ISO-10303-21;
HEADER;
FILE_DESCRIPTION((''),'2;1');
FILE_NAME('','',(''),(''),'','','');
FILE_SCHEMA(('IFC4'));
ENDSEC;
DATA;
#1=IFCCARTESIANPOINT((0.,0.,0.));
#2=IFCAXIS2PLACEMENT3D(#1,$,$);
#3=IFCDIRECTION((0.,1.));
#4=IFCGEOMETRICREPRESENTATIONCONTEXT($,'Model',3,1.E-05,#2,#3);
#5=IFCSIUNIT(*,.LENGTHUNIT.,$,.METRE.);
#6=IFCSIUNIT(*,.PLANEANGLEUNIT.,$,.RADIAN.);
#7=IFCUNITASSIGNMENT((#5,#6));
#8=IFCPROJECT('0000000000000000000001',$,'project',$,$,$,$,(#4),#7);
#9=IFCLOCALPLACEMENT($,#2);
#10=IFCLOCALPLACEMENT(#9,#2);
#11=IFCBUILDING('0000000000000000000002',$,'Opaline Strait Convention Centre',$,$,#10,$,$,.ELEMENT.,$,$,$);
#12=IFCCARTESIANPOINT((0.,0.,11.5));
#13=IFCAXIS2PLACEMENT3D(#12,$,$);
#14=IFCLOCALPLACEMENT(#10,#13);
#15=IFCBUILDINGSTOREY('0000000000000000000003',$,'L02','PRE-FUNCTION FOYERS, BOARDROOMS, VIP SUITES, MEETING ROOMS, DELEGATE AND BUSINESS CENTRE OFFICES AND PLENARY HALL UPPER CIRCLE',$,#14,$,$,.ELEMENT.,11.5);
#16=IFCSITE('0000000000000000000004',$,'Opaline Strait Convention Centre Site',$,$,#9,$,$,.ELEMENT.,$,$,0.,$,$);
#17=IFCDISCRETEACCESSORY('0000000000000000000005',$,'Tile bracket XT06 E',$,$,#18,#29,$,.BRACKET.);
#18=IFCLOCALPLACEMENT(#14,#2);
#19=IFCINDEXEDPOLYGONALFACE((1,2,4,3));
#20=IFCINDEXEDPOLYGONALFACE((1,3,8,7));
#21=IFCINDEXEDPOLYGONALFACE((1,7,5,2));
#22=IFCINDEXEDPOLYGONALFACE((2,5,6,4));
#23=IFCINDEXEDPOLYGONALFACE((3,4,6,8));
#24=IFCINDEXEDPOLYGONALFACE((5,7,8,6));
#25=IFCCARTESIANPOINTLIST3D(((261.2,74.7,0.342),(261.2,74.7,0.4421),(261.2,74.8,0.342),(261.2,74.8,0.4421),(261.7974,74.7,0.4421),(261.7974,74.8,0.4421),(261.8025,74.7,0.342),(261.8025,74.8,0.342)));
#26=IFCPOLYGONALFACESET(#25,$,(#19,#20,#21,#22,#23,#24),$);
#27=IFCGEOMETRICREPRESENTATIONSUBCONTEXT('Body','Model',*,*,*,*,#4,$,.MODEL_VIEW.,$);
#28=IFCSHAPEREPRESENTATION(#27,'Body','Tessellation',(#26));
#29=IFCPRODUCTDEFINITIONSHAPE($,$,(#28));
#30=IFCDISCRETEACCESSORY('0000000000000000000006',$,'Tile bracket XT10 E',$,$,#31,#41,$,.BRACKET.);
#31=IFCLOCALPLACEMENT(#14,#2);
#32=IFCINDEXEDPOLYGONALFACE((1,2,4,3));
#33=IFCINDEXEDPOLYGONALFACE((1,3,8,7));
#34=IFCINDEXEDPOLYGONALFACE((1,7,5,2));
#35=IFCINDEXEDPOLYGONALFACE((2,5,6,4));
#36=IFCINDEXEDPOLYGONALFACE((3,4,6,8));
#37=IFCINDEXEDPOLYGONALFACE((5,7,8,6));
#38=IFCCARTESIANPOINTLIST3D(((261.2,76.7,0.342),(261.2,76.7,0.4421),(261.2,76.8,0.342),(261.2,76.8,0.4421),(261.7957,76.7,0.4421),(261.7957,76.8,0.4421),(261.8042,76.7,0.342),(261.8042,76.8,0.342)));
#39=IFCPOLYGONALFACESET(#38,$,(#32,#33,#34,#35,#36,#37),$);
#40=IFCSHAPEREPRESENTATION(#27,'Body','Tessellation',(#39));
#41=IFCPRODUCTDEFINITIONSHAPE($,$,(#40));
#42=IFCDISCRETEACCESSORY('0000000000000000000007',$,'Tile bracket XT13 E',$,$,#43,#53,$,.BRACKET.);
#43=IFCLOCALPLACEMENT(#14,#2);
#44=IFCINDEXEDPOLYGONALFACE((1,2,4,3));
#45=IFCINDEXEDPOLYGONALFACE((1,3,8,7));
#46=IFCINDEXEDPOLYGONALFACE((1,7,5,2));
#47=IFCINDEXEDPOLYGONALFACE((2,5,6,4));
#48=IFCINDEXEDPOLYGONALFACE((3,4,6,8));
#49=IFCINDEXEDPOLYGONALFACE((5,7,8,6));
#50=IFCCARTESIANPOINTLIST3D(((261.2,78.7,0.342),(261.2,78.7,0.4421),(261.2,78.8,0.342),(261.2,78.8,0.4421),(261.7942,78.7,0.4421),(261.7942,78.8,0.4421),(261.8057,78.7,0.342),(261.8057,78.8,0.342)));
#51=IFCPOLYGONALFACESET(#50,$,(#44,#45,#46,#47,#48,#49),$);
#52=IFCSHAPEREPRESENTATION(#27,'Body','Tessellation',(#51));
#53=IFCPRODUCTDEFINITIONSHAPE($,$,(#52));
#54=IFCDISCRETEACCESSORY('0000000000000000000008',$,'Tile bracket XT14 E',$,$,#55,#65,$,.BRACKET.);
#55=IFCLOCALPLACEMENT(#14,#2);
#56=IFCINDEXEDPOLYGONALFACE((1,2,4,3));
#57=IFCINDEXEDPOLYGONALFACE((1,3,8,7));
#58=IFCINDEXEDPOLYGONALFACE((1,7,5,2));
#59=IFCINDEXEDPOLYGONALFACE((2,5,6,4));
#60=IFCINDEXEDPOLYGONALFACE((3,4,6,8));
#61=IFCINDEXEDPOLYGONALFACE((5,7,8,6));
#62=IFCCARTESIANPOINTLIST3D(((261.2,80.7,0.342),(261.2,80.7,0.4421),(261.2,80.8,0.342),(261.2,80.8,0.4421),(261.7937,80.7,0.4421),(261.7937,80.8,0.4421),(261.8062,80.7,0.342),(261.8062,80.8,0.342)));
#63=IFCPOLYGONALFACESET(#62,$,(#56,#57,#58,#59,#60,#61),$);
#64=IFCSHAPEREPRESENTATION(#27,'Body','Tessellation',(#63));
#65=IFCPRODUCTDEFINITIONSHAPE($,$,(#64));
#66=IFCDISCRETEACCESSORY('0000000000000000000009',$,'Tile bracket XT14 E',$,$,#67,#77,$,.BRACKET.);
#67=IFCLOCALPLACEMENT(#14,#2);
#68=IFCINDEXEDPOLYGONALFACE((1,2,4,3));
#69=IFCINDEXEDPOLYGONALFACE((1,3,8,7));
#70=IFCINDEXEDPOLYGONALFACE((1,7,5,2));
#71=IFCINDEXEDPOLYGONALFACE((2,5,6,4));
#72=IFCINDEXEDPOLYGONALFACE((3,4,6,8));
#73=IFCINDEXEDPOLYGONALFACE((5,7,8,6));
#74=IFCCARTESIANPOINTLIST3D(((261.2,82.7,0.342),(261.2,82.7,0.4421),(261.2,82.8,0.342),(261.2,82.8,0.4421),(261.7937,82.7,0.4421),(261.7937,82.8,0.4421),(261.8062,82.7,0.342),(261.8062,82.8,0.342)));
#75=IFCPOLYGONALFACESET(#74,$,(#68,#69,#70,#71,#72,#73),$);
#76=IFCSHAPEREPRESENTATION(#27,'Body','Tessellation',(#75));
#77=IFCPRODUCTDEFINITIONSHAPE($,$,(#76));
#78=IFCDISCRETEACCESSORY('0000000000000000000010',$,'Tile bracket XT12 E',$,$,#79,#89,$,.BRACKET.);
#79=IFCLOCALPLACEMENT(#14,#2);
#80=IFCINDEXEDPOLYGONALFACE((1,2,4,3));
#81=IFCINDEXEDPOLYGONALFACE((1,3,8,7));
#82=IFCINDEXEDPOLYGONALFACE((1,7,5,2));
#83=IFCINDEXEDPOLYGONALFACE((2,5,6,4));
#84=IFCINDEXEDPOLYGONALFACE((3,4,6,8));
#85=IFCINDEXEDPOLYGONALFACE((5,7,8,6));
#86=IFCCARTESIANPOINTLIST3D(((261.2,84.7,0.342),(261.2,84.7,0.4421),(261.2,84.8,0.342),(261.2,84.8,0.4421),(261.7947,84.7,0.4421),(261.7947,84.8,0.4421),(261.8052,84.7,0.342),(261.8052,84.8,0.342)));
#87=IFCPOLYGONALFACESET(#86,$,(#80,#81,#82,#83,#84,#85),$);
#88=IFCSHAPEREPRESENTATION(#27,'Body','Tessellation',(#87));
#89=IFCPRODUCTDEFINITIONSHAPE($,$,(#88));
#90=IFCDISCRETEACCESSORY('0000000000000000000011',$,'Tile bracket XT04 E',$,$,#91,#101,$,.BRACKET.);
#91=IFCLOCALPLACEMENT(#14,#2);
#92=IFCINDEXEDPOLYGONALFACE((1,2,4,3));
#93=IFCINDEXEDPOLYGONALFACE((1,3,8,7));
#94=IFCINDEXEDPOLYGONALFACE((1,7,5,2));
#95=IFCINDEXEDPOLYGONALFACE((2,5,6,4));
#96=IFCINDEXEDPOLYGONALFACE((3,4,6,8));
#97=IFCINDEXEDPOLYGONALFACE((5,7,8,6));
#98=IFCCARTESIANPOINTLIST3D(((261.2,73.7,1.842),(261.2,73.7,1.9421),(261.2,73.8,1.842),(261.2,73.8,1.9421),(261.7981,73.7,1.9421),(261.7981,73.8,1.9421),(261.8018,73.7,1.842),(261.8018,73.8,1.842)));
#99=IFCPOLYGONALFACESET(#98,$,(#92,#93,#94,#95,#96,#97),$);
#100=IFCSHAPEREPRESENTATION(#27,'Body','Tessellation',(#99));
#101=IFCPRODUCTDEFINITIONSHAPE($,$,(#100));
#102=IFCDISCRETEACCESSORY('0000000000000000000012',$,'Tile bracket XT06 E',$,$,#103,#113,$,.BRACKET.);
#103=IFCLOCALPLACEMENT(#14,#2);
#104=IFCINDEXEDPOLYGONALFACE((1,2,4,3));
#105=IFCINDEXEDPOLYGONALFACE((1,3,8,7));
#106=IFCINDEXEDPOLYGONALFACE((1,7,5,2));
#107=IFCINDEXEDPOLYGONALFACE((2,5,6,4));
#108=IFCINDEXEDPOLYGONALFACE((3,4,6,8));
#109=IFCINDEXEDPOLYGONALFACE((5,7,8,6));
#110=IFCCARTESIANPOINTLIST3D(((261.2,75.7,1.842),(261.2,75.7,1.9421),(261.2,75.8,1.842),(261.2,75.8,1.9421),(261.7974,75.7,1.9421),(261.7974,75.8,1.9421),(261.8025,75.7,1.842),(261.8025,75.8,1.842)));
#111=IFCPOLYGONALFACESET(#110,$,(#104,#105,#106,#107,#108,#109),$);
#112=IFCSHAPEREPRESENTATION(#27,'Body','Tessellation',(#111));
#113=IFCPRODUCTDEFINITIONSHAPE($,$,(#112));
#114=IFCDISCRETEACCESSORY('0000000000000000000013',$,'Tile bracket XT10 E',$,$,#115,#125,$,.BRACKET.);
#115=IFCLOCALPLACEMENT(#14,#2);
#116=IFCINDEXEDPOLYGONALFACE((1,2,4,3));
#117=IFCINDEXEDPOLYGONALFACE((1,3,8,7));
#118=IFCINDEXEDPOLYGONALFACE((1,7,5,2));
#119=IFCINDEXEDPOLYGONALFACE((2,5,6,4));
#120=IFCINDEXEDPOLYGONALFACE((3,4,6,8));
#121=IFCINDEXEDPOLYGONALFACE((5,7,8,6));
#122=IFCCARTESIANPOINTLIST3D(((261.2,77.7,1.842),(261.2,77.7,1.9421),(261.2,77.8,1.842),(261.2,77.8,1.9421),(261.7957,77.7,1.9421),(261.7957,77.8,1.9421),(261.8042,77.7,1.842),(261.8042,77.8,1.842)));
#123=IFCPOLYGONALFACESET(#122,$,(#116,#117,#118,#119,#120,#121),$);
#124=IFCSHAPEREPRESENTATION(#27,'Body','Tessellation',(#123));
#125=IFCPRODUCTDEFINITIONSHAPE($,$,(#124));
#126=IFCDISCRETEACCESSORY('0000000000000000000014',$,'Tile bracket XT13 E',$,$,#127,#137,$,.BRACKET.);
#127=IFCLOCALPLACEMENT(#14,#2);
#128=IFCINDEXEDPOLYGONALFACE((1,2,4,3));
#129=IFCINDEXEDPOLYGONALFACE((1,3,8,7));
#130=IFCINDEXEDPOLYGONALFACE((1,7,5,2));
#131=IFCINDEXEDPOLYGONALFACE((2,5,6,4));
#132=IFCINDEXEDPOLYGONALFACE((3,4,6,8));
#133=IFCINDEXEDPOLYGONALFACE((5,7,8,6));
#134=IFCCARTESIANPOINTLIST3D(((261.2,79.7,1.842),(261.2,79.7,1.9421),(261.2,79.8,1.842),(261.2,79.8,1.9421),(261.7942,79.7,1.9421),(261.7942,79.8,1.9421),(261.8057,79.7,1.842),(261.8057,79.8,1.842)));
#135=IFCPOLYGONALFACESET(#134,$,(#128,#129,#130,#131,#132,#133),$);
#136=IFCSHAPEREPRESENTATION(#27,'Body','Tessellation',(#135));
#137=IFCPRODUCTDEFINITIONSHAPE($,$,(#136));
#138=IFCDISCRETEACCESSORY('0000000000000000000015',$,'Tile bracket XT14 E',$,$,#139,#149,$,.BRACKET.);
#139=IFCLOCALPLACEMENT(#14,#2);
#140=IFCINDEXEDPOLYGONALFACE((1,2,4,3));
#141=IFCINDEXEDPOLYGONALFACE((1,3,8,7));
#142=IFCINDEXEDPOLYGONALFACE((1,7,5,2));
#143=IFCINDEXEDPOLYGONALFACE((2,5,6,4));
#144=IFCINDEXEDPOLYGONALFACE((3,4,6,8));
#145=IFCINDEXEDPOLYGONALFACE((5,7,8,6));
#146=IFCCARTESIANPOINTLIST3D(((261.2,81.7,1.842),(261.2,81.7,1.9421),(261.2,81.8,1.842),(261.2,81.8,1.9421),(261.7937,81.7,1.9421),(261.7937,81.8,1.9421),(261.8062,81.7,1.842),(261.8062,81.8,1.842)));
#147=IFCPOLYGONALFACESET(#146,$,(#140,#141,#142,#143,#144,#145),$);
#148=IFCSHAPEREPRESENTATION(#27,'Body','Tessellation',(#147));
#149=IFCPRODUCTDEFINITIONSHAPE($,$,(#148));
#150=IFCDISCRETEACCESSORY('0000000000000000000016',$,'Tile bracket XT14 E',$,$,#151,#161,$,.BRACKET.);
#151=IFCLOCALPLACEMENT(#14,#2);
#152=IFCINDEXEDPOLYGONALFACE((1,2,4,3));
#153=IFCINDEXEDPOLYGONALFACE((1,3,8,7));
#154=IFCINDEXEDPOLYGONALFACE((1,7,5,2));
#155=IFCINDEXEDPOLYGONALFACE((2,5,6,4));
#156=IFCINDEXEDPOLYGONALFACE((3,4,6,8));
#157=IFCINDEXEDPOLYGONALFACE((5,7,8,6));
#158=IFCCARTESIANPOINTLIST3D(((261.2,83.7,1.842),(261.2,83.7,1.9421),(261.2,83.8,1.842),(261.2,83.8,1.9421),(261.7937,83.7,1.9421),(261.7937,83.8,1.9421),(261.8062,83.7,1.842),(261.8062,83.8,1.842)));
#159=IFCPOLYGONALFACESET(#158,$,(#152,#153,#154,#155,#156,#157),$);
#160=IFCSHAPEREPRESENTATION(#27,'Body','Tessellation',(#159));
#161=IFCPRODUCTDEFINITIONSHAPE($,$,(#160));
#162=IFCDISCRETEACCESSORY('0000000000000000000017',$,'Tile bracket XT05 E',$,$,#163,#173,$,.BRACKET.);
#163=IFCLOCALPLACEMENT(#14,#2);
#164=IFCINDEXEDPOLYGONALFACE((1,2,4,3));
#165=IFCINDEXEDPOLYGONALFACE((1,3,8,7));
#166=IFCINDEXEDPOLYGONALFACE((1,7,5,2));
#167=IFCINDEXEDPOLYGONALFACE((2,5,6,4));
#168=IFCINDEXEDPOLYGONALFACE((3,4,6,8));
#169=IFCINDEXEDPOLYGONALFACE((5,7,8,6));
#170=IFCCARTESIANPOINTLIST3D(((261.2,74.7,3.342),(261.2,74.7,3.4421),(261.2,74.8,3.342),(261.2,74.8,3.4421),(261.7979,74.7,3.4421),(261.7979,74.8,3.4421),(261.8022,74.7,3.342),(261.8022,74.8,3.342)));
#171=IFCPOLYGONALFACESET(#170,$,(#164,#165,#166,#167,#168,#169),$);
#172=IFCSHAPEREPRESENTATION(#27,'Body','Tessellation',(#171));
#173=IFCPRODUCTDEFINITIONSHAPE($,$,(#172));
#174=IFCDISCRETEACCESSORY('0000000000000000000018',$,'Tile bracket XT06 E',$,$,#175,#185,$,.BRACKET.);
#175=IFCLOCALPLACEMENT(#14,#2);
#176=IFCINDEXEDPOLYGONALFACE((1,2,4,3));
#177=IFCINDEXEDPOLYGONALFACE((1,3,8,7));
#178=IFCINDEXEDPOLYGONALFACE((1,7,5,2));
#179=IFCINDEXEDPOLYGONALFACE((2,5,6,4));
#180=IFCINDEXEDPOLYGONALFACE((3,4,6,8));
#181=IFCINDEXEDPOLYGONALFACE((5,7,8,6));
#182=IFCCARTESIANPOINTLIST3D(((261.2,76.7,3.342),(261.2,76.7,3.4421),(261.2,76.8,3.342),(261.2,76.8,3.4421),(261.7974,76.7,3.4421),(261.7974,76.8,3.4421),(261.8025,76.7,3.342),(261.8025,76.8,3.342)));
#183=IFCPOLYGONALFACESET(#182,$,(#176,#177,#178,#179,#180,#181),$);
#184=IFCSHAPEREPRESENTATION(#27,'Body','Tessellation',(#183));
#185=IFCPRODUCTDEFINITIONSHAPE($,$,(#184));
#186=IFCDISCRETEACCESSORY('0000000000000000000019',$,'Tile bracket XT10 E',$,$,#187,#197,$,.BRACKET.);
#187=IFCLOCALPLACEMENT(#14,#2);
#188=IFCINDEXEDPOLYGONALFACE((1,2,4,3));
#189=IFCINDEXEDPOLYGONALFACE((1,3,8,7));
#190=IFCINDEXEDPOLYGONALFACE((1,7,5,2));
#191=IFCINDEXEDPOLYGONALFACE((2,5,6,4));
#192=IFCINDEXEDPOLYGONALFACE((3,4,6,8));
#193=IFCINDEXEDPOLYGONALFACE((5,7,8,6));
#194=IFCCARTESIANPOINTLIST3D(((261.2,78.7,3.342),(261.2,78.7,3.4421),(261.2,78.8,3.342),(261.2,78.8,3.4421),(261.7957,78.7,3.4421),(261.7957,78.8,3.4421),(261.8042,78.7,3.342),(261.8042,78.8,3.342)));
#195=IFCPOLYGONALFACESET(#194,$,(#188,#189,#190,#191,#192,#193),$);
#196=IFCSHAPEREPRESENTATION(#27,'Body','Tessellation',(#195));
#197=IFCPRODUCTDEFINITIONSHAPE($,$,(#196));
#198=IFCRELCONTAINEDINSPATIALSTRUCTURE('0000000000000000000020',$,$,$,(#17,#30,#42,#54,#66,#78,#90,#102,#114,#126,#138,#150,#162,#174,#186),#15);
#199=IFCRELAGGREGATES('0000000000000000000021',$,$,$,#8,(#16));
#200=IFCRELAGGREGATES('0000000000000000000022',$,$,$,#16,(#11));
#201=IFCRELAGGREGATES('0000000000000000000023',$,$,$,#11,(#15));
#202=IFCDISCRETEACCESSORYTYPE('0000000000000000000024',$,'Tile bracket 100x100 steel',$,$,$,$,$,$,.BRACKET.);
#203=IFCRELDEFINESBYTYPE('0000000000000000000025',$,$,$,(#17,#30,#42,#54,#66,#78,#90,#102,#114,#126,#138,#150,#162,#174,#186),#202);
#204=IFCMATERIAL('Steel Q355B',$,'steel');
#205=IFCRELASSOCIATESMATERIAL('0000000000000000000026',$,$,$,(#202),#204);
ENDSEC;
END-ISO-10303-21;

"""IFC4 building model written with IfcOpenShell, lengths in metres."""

from ifc_helpers import new_model, si_unit, direction, frame, origin, place, context, subcontext, project, spatial, polyline, outline, extrude, material, type_object, element, save


model = new_model("IFC4")

# Units and contexts
model_context = context("Model", 3, precision=1e-05, world=origin(), true_north=direction((0.0, 1.0)))
body_context = subcontext(model_context, "Body", "Model", "MODEL_VIEW")
ifc_project = project(units=[si_unit("LENGTHUNIT", "METRE"), si_unit("PLANEANGLEUNIT", "RADIAN")], contexts=[model_context])

# Site, building, storey
site_placement = place(None, origin())
site = spatial("IfcSite", under=ifc_project, at=site_placement, Name="Opaline Strait Convention Centre Site", CompositionType="ELEMENT", RefElevation=0.0)
building_placement = place(site_placement, origin())
building = spatial("IfcBuilding", under=site, at=building_placement, Name="Opaline Strait Convention Centre", CompositionType="ELEMENT")
storey_placement = place(building_placement, frame((0.0, 0.0, 11.5)))
storey = spatial("IfcBuildingStorey", under=building, at=storey_placement, Name="L02", Description="PRE-FUNCTION FOYERS, BOARDROOMS, VIP SUITES, MEETING ROOMS, DELEGATE AND BUSINESS CENTRE OFFICES AND PLENARY HALL UPPER CIRCLE", CompositionType="ELEMENT", Elevation=11.5)

# Discrete accessories
ifc_material = material(Name="Steel Q355B", Category="steel")
discrete_accessory_type = type_object("IfcDiscreteAccessoryType", Name="Tile bracket 100x100 steel", PredefinedType="BRACKET", material=ifc_material)
discrete_accessory_1_placement = place(storey_placement, frame((261.2, 74.7, 0.3921), z_axis=(0.0, 1.0, 0.0), x_axis=(-1.0, 0.0, 0.0)))
element("IfcDiscreteAccessory", 1, at=discrete_accessory_1_placement, inside=storey, type_object=discrete_accessory_type, Name="Tile bracket XT06 E", PredefinedType="BRACKET", context=body_context, shape_type="SweptSolid", body=[
    extrude(outline(polyline([(0.0, -0.05), (0.0, 0.05), (-0.5974, 0.05), (-0.6025, -0.05), (0.0, -0.05)])), origin(), (0.0, 0.0, 1.0), 0.1001),
])
discrete_accessory_2_placement = place(storey_placement, frame((261.2, 76.7, 0.3921), z_axis=(0.0, 1.0, 0.0), x_axis=(-1.0, 0.0, 0.0)))
element("IfcDiscreteAccessory", 2, at=discrete_accessory_2_placement, inside=storey, type_object=discrete_accessory_type, Name="Tile bracket XT10 E", PredefinedType="BRACKET", context=body_context, shape_type="SweptSolid", body=[
    extrude(outline(polyline([(0.0, -0.05), (0.0, 0.05), (-0.5957, 0.05), (-0.6042, -0.05), (0.0, -0.05)])), origin(), (0.0, 0.0, 1.0), 0.1001),
])
discrete_accessory_3_placement = place(storey_placement, frame((261.2, 78.7, 0.3921), z_axis=(0.0, 1.0, 0.0), x_axis=(-1.0, 0.0, 0.0)))
element("IfcDiscreteAccessory", 3, at=discrete_accessory_3_placement, inside=storey, type_object=discrete_accessory_type, Name="Tile bracket XT13 E", PredefinedType="BRACKET", context=body_context, shape_type="SweptSolid", body=[
    extrude(outline(polyline([(0.0, -0.05), (0.0, 0.05), (-0.5942, 0.05), (-0.6057, -0.05), (0.0, -0.05)])), origin(), (0.0, 0.0, 1.0), 0.1001),
])
for number, where, z_axis, x_axis, name in (
    (4, (261.2, 80.7, 0.3921), (0.0, 1.0, 0.0), (-1.0, 0.0, 0.0), "Tile bracket XT14 E"),
    (5, (261.2, 82.7, 0.3921), (0.0, 1.0, 0.0), (-1.0, 0.0, 0.0), "Tile bracket XT14 E"),
):
    element("IfcDiscreteAccessory", number, at=place(storey_placement, frame(where, z_axis=z_axis, x_axis=x_axis)), inside=storey, type_object=discrete_accessory_type, Name=name, PredefinedType="BRACKET", context=body_context, shape_type="SweptSolid", body=[
        extrude(outline(polyline([(0.0, -0.05), (0.0, 0.05), (-0.5938, 0.05), (-0.6062, -0.05), (0.0, -0.05)])), origin(), (0.0, 0.0, 1.0), 0.1001),
    ])
discrete_accessory_4_placement = place(storey_placement, frame((261.2, 84.7, 0.3921), z_axis=(0.0, 1.0, 0.0), x_axis=(-1.0, 0.0, 0.0)))
element("IfcDiscreteAccessory", 6, at=discrete_accessory_4_placement, inside=storey, type_object=discrete_accessory_type, Name="Tile bracket XT12 E", PredefinedType="BRACKET", context=body_context, shape_type="SweptSolid", body=[
    extrude(outline(polyline([(0.0, -0.05), (0.0, 0.05), (-0.5947, 0.05), (-0.6052, -0.05), (0.0, -0.05)])), origin(), (0.0, 0.0, 1.0), 0.1001),
])
discrete_accessory_5_placement = place(storey_placement, frame((261.2, 73.7, 1.8921), z_axis=(0.0, 1.0, 0.0), x_axis=(-1.0, 0.0, 0.0)))
element("IfcDiscreteAccessory", 7, at=discrete_accessory_5_placement, inside=storey, type_object=discrete_accessory_type, Name="Tile bracket XT04 E", PredefinedType="BRACKET", context=body_context, shape_type="SweptSolid", body=[
    extrude(outline(polyline([(0.0, -0.05), (0.0, 0.05), (-0.5981, 0.05), (-0.6018, -0.05), (0.0, -0.05)])), origin(), (0.0, 0.0, 1.0), 0.1001),
])
discrete_accessory_6_placement = place(storey_placement, frame((261.2, 75.7, 1.8921), z_axis=(0.0, 1.0, 0.0), x_axis=(-1.0, 0.0, 0.0)))
element("IfcDiscreteAccessory", 8, at=discrete_accessory_6_placement, inside=storey, type_object=discrete_accessory_type, Name="Tile bracket XT06 E", PredefinedType="BRACKET", context=body_context, shape_type="SweptSolid", body=[
    extrude(outline(polyline([(0.0, -0.05), (0.0, 0.05), (-0.5974, 0.05), (-0.6025, -0.05), (0.0, -0.05)])), origin(), (0.0, 0.0, 1.0), 0.1001),
])
discrete_accessory_7_placement = place(storey_placement, frame((261.2, 77.7, 1.8921), z_axis=(0.0, 1.0, 0.0), x_axis=(-1.0, 0.0, 0.0)))
element("IfcDiscreteAccessory", 9, at=discrete_accessory_7_placement, inside=storey, type_object=discrete_accessory_type, Name="Tile bracket XT10 E", PredefinedType="BRACKET", context=body_context, shape_type="SweptSolid", body=[
    extrude(outline(polyline([(0.0, -0.05), (0.0, 0.05), (-0.5957, 0.05), (-0.6042, -0.05), (0.0, -0.05)])), origin(), (0.0, 0.0, 1.0), 0.1001),
])
discrete_accessory_8_placement = place(storey_placement, frame((261.2, 79.7, 1.8921), z_axis=(0.0, 1.0, 0.0), x_axis=(-1.0, 0.0, 0.0)))
element("IfcDiscreteAccessory", 10, at=discrete_accessory_8_placement, inside=storey, type_object=discrete_accessory_type, Name="Tile bracket XT13 E", PredefinedType="BRACKET", context=body_context, shape_type="SweptSolid", body=[
    extrude(outline(polyline([(0.0, -0.05), (0.0, 0.05), (-0.5942, 0.05), (-0.6057, -0.05), (0.0, -0.05)])), origin(), (0.0, 0.0, 1.0), 0.1001),
])
for number, where, z_axis, x_axis, name in (
    (11, (261.2, 81.7, 1.8921), (0.0, 1.0, 0.0), (-1.0, 0.0, 0.0), "Tile bracket XT14 E"),
    (12, (261.2, 83.7, 1.8921), (0.0, 1.0, 0.0), (-1.0, 0.0, 0.0), "Tile bracket XT14 E"),
):
    element("IfcDiscreteAccessory", number, at=place(storey_placement, frame(where, z_axis=z_axis, x_axis=x_axis)), inside=storey, type_object=discrete_accessory_type, Name=name, PredefinedType="BRACKET", context=body_context, shape_type="SweptSolid", body=[
        extrude(outline(polyline([(0.0, -0.05), (0.0, 0.05), (-0.5938, 0.05), (-0.6062, -0.05), (0.0, -0.05)])), origin(), (0.0, 0.0, 1.0), 0.1001),
    ])
discrete_accessory_9_placement = place(storey_placement, frame((261.2, 74.7, 3.3921), z_axis=(0.0, 1.0, 0.0), x_axis=(-1.0, 0.0, 0.0)))
element("IfcDiscreteAccessory", 13, at=discrete_accessory_9_placement, inside=storey, type_object=discrete_accessory_type, Name="Tile bracket XT05 E", PredefinedType="BRACKET", context=body_context, shape_type="SweptSolid", body=[
    extrude(outline(polyline([(0.0, -0.05), (0.0, 0.05), (-0.5979, 0.05), (-0.6023, -0.05), (0.0, -0.05)])), origin(), (0.0, 0.0, 1.0), 0.1001),
])
discrete_accessory_10_placement = place(storey_placement, frame((261.2, 76.7, 3.3921), z_axis=(0.0, 1.0, 0.0), x_axis=(-1.0, 0.0, 0.0)))
element("IfcDiscreteAccessory", 14, at=discrete_accessory_10_placement, inside=storey, type_object=discrete_accessory_type, Name="Tile bracket XT06 E", PredefinedType="BRACKET", context=body_context, shape_type="SweptSolid", body=[
    extrude(outline(polyline([(0.0, -0.05), (0.0, 0.05), (-0.5974, 0.05), (-0.6025, -0.05), (0.0, -0.05)])), origin(), (0.0, 0.0, 1.0), 0.1001),
])
discrete_accessory_11_placement = place(storey_placement, frame((261.2, 78.7, 3.3921), z_axis=(0.0, 1.0, 0.0), x_axis=(-1.0, 0.0, 0.0)))
element("IfcDiscreteAccessory", 15, at=discrete_accessory_11_placement, inside=storey, type_object=discrete_accessory_type, Name="Tile bracket XT10 E", PredefinedType="BRACKET", context=body_context, shape_type="SweptSolid", body=[
    extrude(outline(polyline([(0.0, -0.05), (0.0, 0.05), (-0.5957, 0.05), (-0.6042, -0.05), (0.0, -0.05)])), origin(), (0.0, 0.0, 1.0), 0.1001),
])

save(model, "model.ifc")
